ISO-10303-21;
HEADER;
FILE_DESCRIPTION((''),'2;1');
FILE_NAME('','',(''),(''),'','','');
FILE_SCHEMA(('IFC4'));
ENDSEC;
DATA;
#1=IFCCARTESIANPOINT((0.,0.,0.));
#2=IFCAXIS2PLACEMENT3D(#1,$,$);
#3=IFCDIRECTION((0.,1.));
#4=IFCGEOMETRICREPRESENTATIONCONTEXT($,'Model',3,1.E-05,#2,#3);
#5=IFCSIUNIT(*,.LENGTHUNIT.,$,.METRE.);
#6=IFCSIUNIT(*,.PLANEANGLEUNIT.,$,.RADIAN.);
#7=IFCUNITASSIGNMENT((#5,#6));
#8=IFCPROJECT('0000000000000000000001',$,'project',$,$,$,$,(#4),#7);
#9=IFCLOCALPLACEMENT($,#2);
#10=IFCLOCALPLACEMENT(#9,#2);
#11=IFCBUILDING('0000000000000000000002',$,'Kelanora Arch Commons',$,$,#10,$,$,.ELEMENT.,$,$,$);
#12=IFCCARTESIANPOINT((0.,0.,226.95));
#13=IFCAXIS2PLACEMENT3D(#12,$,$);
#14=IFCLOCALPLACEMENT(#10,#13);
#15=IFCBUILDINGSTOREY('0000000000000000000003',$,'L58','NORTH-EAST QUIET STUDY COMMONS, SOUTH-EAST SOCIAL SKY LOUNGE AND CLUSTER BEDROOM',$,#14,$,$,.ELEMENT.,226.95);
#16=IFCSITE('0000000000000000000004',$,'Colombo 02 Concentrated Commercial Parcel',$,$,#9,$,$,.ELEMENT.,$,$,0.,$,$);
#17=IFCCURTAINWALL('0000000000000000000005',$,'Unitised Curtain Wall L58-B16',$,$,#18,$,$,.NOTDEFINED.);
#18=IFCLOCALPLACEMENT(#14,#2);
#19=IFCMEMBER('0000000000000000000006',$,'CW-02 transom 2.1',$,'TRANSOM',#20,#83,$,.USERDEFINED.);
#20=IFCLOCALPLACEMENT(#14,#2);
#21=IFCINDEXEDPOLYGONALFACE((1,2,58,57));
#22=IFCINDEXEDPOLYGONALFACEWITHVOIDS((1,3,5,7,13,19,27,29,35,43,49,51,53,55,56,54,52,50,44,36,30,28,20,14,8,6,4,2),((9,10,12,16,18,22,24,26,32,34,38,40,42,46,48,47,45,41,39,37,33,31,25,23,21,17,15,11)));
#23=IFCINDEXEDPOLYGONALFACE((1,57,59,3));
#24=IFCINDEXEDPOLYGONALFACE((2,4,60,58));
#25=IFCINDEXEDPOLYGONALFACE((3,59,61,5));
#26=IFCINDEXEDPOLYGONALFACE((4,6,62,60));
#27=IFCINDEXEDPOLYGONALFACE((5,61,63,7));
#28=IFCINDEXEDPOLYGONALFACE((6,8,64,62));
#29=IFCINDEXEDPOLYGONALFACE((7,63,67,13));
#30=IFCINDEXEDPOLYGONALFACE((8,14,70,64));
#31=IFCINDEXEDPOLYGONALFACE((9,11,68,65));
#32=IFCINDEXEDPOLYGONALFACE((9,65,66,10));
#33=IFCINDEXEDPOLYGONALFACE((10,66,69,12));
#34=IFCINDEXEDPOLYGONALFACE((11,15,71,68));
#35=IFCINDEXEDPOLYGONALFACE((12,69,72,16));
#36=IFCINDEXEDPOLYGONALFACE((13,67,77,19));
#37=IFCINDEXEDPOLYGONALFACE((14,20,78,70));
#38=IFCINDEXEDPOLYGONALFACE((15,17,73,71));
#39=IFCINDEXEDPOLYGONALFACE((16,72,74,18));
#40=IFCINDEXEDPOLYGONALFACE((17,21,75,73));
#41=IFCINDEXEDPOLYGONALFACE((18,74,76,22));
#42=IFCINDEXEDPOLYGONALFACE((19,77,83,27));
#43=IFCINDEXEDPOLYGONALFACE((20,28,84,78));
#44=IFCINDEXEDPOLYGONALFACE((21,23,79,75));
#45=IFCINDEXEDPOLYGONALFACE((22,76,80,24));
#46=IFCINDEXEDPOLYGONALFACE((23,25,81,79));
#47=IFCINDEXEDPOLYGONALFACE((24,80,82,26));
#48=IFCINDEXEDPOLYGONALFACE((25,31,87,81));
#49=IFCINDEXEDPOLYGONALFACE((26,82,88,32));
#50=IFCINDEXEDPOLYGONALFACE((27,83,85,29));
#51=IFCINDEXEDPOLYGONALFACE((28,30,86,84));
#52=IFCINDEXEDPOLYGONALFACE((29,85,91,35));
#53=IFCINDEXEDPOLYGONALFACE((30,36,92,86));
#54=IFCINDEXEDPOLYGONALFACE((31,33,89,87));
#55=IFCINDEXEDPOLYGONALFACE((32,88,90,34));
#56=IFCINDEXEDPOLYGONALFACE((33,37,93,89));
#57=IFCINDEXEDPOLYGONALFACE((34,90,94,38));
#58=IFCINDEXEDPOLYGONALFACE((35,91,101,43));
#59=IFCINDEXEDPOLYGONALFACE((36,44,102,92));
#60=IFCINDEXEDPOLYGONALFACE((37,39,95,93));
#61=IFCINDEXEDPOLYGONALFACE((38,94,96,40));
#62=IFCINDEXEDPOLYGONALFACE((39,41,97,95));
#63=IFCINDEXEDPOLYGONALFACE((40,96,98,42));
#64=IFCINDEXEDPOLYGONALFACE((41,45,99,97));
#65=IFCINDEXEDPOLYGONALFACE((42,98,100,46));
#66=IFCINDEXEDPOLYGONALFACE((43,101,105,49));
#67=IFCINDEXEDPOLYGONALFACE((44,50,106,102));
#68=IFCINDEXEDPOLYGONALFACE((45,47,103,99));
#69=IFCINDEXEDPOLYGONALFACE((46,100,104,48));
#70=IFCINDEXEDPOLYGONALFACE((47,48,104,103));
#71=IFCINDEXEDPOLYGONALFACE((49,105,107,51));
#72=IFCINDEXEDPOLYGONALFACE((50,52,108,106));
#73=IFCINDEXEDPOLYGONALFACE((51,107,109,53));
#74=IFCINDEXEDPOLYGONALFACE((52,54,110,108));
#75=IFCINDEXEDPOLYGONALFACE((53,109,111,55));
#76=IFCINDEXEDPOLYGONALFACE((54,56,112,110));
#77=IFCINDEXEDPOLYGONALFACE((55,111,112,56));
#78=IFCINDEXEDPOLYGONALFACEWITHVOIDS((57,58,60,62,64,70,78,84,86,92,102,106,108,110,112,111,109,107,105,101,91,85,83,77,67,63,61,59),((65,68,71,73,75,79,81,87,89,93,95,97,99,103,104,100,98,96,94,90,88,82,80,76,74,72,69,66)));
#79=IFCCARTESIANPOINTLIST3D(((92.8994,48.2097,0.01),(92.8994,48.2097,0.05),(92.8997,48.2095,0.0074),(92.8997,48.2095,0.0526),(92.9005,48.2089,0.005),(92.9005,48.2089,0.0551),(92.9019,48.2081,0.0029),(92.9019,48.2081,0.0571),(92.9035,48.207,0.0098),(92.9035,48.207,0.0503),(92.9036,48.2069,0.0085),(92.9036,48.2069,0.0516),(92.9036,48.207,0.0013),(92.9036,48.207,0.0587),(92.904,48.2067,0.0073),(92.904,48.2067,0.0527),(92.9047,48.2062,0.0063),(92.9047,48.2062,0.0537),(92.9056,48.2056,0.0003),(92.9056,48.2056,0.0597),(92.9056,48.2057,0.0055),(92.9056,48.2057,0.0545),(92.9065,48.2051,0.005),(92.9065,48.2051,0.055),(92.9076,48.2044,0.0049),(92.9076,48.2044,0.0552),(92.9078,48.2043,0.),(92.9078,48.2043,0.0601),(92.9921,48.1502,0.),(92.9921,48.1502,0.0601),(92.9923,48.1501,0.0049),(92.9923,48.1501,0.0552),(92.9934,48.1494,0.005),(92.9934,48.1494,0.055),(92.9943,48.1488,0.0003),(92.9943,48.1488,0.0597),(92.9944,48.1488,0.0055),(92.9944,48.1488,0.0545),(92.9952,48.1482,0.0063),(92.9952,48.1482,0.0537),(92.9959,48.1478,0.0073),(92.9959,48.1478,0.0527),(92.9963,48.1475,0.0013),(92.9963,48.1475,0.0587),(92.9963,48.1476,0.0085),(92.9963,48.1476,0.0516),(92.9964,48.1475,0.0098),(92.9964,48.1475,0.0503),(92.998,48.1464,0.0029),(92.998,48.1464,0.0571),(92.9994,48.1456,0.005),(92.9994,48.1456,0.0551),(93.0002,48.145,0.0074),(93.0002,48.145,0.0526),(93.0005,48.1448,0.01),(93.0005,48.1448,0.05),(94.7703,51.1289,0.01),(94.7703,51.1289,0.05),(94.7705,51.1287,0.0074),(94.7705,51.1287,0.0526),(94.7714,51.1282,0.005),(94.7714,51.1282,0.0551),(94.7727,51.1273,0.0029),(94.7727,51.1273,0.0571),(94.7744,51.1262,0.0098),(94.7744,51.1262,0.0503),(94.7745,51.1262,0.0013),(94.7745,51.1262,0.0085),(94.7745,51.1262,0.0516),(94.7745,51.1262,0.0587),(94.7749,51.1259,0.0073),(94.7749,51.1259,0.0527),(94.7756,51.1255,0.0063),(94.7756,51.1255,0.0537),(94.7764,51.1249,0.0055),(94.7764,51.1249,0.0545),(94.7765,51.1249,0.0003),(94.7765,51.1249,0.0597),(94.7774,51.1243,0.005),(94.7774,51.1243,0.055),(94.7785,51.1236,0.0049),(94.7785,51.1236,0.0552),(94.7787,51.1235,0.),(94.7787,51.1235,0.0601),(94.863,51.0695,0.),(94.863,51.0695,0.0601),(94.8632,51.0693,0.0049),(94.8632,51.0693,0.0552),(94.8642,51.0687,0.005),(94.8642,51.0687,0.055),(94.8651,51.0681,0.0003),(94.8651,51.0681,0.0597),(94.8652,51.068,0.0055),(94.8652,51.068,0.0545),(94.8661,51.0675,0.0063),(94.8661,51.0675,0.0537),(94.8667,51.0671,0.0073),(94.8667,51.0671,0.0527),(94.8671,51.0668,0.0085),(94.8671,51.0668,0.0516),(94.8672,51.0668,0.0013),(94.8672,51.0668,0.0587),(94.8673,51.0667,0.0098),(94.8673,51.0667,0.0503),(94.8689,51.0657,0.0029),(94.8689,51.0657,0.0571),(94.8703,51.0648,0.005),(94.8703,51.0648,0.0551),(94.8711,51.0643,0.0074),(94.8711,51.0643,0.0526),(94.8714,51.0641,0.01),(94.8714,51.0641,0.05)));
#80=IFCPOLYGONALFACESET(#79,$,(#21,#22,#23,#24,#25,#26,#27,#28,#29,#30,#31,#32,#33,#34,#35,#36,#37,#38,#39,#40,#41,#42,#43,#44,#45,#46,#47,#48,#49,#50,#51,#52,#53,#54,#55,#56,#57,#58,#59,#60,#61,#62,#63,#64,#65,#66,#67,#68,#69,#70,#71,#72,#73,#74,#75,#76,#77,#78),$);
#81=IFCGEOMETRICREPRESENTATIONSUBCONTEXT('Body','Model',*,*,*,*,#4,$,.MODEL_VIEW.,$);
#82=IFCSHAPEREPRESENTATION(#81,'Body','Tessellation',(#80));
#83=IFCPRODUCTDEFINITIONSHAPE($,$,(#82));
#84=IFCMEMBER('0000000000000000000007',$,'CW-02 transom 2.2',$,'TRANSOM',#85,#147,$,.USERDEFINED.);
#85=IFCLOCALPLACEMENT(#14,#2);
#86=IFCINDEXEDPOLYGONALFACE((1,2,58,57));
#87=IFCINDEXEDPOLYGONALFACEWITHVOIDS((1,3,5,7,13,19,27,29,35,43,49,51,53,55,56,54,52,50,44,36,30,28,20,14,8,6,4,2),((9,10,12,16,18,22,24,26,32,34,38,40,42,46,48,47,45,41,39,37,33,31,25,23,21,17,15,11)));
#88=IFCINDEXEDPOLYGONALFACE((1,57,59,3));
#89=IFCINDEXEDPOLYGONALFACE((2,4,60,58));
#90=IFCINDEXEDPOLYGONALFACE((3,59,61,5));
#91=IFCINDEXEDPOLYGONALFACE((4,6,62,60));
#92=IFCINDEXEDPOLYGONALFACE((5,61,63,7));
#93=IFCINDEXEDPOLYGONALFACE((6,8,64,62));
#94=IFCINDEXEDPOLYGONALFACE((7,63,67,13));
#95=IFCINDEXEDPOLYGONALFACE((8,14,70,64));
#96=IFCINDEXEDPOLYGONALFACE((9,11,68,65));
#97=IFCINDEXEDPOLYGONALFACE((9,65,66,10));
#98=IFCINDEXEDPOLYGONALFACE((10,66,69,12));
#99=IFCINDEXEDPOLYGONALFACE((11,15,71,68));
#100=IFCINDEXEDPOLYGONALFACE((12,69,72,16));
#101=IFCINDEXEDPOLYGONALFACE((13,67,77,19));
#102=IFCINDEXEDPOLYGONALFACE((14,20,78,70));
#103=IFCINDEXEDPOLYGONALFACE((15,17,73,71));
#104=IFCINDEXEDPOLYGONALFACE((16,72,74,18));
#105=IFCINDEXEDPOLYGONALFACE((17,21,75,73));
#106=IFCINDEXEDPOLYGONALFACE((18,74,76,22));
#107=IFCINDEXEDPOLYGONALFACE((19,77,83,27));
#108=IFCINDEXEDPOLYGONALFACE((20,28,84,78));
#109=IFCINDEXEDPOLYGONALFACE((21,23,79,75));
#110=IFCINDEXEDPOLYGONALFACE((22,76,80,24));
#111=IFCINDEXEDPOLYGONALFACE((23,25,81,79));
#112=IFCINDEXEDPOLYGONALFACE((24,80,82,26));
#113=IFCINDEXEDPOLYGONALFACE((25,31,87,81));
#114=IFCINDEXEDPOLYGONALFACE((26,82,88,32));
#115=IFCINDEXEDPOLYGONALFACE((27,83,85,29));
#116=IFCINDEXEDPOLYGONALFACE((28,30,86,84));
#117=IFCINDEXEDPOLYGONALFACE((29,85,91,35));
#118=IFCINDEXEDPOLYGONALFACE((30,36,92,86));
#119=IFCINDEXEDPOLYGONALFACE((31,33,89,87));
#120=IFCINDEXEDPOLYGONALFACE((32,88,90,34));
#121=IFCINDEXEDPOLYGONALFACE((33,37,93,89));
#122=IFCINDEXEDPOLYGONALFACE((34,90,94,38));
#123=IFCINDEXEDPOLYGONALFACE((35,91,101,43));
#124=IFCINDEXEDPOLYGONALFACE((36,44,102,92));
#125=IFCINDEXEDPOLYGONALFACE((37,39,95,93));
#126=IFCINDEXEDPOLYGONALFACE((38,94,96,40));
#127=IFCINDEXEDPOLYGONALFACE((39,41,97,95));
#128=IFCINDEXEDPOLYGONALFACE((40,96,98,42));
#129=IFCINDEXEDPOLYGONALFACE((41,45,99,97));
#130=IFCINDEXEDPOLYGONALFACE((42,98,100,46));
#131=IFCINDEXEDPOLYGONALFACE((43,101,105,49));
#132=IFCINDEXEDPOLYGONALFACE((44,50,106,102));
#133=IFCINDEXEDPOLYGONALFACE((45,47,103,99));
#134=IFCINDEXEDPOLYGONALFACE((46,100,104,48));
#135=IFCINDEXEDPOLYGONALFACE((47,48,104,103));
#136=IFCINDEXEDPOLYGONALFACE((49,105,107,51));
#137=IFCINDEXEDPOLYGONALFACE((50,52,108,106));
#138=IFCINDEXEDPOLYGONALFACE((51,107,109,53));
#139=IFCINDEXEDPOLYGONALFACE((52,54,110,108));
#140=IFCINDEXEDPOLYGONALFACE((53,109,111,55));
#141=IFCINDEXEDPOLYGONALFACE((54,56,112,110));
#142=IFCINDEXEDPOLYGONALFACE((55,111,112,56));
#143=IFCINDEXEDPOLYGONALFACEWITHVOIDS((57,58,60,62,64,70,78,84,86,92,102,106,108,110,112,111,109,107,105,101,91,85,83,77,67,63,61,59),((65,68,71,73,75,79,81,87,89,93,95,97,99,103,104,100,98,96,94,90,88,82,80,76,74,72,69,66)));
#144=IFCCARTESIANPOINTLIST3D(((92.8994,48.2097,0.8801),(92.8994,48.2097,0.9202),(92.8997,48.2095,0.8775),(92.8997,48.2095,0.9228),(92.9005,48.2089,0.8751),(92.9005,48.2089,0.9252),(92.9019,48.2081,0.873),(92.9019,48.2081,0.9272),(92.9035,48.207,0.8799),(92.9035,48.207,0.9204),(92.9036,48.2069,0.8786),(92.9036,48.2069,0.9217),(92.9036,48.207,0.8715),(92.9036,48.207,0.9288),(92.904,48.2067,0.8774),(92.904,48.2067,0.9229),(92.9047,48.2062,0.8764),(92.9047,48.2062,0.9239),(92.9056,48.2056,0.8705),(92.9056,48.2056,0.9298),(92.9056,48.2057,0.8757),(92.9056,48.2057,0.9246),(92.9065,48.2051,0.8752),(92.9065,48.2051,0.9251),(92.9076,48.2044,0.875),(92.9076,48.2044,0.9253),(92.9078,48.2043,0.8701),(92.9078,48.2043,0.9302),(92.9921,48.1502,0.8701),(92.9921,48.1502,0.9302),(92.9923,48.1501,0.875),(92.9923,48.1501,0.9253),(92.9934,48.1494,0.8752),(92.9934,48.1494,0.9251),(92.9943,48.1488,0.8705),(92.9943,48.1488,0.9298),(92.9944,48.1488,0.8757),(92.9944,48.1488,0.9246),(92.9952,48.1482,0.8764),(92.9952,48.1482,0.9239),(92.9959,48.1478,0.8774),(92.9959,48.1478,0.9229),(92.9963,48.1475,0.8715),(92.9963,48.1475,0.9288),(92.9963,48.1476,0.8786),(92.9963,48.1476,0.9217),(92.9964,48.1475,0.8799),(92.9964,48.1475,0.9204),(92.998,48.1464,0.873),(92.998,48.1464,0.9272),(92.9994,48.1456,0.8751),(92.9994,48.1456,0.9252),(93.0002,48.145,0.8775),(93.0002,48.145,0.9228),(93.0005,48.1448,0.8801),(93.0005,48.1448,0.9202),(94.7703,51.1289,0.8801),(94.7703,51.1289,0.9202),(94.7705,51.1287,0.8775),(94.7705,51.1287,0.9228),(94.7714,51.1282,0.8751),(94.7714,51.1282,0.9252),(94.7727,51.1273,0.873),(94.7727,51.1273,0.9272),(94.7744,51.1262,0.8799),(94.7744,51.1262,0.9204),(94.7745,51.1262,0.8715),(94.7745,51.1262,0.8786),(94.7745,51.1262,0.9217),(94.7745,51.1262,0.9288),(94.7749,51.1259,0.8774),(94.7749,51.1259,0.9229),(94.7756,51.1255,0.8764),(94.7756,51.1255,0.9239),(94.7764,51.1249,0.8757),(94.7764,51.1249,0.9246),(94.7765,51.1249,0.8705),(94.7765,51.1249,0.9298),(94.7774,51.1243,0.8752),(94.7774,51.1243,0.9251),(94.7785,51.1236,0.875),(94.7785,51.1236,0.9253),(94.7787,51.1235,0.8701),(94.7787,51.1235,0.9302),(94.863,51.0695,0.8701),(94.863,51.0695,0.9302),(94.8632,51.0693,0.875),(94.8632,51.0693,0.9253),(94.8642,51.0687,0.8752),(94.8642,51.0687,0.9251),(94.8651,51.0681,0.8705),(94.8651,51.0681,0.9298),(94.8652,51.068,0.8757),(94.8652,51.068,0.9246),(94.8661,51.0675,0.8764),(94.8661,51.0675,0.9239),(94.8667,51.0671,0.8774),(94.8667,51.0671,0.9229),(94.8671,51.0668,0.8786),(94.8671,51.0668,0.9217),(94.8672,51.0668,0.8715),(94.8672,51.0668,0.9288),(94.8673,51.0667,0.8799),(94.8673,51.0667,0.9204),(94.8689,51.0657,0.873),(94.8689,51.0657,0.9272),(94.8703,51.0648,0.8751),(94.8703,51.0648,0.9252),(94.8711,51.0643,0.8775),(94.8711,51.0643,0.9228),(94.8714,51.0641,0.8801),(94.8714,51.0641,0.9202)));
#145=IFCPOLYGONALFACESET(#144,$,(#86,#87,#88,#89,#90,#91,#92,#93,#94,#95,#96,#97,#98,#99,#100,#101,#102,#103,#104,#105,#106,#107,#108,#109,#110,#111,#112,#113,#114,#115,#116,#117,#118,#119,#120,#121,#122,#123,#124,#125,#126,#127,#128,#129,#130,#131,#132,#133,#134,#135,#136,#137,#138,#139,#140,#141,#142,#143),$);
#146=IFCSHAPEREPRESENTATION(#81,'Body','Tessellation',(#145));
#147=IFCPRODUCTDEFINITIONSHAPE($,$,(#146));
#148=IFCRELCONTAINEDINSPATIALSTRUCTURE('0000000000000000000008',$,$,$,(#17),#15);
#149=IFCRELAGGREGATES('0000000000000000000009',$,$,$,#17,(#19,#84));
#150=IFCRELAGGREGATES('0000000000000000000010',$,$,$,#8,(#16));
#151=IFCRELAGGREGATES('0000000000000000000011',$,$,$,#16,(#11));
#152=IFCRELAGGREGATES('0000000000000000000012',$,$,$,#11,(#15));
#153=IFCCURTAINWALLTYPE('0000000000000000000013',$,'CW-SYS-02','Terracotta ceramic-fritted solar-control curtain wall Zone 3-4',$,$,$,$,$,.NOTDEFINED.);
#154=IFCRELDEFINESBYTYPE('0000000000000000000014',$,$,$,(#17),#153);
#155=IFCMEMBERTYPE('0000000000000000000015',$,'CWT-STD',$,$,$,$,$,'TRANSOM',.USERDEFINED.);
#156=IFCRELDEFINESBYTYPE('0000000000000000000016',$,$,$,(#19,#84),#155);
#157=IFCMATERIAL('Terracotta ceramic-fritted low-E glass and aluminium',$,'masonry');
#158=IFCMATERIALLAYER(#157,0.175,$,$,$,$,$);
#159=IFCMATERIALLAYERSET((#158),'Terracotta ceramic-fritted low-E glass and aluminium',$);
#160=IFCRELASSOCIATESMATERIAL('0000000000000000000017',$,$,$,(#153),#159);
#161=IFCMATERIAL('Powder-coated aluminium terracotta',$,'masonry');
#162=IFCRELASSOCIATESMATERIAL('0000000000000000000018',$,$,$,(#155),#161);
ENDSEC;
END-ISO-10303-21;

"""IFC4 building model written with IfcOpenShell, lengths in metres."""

from ifc_helpers import new_model, si_unit, direction, frame, origin, origin_2d, place, context, subcontext, project, spatial, hollow_rectangle, extrude, material, layer, layer_set, material_profile, profile_set, type_object, element, aggregate, save


model = new_model("IFC4")

# Units and contexts
model_context = context("Model", 3, precision=1e-05, world=origin(), true_north=direction((0.0, 1.0)))
body_context = subcontext(model_context, "Body", "Model", "MODEL_VIEW")
ifc_project = project(units=[si_unit("LENGTHUNIT", "METRE"), si_unit("PLANEANGLEUNIT", "RADIAN")], contexts=[model_context])

# Site, building, storey
site_placement = place(None, origin())
site = spatial("IfcSite", under=ifc_project, at=site_placement, Name="Colombo 02 Concentrated Commercial Parcel", CompositionType="ELEMENT", RefElevation=0.0)
building_placement = place(site_placement, origin())
building = spatial("IfcBuilding", under=site, at=building_placement, Name="Kelanora Arch Commons", CompositionType="ELEMENT")
storey_placement = place(building_placement, frame((0.0, 0.0, 226.95)))
storey = spatial("IfcBuildingStorey", under=building, at=storey_placement, Name="L58", Description="NORTH-EAST QUIET STUDY COMMONS, SOUTH-EAST SOCIAL SKY LOUNGE AND CLUSTER BEDROOM", CompositionType="ELEMENT", Elevation=226.95)

# Curtain wall, members
ifc_material_1 = material(Name="Terracotta ceramic-fritted low-E glass and aluminium", Category="masonry")
ifc_layer_1 = layer(ifc_material_1, 0.175)
ifc_layer_set_1 = layer_set([ifc_layer_1], Name="Terracotta ceramic-fritted low-E glass and aluminium")
curtain_wall_type = type_object("IfcCurtainWallType", Name="CW-SYS-02", Description="Terracotta ceramic-fritted solar-control curtain wall Zone 3-4", PredefinedType="NOTDEFINED", material=ifc_layer_set_1)
curtain_wall_placement = place(storey_placement, origin())
curtain_wall = element("IfcCurtainWall", 1, at=curtain_wall_placement, inside=storey, type_object=curtain_wall_type, Name="Unitised Curtain Wall L58-B16", PredefinedType="NOTDEFINED")
ifc_material_2 = material(Name="Powder-coated aluminium terracotta", Category="masonry")
ifc_material_profile_1 = material_profile(ifc_material_2, hollow_rectangle(XDim=0.1201, YDim=0.0601, WallThickness=0.0049, InnerFilletRadius=0.0049, OuterFilletRadius=0.01, at=origin_2d()), Name="CWT120x60")
ifc_profile_set_1 = profile_set([ifc_material_profile_1], Name="Powder-coated aluminium terracotta")
member_type_1 = type_object("IfcMemberType", Name="CWT-STD", ElementType="TRANSOM", PredefinedType="USERDEFINED", material=ifc_profile_set_1)
member_1_placement = place(storey_placement, frame((92.95, 48.1772, 0.03), z_axis=(0.539579, 0.841935, 0.0), x_axis=(-0.841935, 0.539579, 0.0)))
member_1 = element("IfcMember", 2, at=member_1_placement, type_object=member_type_1, Name="CW-02 transom 2.1", ObjectType="TRANSOM", PredefinedType="USERDEFINED", context=body_context, shape_type="SweptSolid", body=[
    extrude(hollow_rectangle(XDim=0.1201, YDim=0.0601, WallThickness=0.0049, InnerFilletRadius=0.0049, OuterFilletRadius=0.01, at=origin_2d()), origin(), (0.0, 0.0, 1.0), 3.4673),
])
member_2_placement = place(storey_placement, frame((92.95, 48.1772, 0.9001), z_axis=(0.539579, 0.841935, 0.0), x_axis=(-0.841935, 0.539579, 0.0)))
member_2 = element("IfcMember", 3, at=member_2_placement, type_object=member_type_1, Name="CW-02 transom 2.2", ObjectType="TRANSOM", PredefinedType="USERDEFINED", context=body_context, shape_type="SweptSolid", body=[
    extrude(hollow_rectangle(XDim=0.1201, YDim=0.0601, WallThickness=0.0049, InnerFilletRadius=0.0049, OuterFilletRadius=0.01, at=origin_2d()), origin(), (0.0, 0.0, 1.0), 3.4673),
])
aggregate(curtain_wall, [member_1, member_2])

save(model, "model.ifc")
